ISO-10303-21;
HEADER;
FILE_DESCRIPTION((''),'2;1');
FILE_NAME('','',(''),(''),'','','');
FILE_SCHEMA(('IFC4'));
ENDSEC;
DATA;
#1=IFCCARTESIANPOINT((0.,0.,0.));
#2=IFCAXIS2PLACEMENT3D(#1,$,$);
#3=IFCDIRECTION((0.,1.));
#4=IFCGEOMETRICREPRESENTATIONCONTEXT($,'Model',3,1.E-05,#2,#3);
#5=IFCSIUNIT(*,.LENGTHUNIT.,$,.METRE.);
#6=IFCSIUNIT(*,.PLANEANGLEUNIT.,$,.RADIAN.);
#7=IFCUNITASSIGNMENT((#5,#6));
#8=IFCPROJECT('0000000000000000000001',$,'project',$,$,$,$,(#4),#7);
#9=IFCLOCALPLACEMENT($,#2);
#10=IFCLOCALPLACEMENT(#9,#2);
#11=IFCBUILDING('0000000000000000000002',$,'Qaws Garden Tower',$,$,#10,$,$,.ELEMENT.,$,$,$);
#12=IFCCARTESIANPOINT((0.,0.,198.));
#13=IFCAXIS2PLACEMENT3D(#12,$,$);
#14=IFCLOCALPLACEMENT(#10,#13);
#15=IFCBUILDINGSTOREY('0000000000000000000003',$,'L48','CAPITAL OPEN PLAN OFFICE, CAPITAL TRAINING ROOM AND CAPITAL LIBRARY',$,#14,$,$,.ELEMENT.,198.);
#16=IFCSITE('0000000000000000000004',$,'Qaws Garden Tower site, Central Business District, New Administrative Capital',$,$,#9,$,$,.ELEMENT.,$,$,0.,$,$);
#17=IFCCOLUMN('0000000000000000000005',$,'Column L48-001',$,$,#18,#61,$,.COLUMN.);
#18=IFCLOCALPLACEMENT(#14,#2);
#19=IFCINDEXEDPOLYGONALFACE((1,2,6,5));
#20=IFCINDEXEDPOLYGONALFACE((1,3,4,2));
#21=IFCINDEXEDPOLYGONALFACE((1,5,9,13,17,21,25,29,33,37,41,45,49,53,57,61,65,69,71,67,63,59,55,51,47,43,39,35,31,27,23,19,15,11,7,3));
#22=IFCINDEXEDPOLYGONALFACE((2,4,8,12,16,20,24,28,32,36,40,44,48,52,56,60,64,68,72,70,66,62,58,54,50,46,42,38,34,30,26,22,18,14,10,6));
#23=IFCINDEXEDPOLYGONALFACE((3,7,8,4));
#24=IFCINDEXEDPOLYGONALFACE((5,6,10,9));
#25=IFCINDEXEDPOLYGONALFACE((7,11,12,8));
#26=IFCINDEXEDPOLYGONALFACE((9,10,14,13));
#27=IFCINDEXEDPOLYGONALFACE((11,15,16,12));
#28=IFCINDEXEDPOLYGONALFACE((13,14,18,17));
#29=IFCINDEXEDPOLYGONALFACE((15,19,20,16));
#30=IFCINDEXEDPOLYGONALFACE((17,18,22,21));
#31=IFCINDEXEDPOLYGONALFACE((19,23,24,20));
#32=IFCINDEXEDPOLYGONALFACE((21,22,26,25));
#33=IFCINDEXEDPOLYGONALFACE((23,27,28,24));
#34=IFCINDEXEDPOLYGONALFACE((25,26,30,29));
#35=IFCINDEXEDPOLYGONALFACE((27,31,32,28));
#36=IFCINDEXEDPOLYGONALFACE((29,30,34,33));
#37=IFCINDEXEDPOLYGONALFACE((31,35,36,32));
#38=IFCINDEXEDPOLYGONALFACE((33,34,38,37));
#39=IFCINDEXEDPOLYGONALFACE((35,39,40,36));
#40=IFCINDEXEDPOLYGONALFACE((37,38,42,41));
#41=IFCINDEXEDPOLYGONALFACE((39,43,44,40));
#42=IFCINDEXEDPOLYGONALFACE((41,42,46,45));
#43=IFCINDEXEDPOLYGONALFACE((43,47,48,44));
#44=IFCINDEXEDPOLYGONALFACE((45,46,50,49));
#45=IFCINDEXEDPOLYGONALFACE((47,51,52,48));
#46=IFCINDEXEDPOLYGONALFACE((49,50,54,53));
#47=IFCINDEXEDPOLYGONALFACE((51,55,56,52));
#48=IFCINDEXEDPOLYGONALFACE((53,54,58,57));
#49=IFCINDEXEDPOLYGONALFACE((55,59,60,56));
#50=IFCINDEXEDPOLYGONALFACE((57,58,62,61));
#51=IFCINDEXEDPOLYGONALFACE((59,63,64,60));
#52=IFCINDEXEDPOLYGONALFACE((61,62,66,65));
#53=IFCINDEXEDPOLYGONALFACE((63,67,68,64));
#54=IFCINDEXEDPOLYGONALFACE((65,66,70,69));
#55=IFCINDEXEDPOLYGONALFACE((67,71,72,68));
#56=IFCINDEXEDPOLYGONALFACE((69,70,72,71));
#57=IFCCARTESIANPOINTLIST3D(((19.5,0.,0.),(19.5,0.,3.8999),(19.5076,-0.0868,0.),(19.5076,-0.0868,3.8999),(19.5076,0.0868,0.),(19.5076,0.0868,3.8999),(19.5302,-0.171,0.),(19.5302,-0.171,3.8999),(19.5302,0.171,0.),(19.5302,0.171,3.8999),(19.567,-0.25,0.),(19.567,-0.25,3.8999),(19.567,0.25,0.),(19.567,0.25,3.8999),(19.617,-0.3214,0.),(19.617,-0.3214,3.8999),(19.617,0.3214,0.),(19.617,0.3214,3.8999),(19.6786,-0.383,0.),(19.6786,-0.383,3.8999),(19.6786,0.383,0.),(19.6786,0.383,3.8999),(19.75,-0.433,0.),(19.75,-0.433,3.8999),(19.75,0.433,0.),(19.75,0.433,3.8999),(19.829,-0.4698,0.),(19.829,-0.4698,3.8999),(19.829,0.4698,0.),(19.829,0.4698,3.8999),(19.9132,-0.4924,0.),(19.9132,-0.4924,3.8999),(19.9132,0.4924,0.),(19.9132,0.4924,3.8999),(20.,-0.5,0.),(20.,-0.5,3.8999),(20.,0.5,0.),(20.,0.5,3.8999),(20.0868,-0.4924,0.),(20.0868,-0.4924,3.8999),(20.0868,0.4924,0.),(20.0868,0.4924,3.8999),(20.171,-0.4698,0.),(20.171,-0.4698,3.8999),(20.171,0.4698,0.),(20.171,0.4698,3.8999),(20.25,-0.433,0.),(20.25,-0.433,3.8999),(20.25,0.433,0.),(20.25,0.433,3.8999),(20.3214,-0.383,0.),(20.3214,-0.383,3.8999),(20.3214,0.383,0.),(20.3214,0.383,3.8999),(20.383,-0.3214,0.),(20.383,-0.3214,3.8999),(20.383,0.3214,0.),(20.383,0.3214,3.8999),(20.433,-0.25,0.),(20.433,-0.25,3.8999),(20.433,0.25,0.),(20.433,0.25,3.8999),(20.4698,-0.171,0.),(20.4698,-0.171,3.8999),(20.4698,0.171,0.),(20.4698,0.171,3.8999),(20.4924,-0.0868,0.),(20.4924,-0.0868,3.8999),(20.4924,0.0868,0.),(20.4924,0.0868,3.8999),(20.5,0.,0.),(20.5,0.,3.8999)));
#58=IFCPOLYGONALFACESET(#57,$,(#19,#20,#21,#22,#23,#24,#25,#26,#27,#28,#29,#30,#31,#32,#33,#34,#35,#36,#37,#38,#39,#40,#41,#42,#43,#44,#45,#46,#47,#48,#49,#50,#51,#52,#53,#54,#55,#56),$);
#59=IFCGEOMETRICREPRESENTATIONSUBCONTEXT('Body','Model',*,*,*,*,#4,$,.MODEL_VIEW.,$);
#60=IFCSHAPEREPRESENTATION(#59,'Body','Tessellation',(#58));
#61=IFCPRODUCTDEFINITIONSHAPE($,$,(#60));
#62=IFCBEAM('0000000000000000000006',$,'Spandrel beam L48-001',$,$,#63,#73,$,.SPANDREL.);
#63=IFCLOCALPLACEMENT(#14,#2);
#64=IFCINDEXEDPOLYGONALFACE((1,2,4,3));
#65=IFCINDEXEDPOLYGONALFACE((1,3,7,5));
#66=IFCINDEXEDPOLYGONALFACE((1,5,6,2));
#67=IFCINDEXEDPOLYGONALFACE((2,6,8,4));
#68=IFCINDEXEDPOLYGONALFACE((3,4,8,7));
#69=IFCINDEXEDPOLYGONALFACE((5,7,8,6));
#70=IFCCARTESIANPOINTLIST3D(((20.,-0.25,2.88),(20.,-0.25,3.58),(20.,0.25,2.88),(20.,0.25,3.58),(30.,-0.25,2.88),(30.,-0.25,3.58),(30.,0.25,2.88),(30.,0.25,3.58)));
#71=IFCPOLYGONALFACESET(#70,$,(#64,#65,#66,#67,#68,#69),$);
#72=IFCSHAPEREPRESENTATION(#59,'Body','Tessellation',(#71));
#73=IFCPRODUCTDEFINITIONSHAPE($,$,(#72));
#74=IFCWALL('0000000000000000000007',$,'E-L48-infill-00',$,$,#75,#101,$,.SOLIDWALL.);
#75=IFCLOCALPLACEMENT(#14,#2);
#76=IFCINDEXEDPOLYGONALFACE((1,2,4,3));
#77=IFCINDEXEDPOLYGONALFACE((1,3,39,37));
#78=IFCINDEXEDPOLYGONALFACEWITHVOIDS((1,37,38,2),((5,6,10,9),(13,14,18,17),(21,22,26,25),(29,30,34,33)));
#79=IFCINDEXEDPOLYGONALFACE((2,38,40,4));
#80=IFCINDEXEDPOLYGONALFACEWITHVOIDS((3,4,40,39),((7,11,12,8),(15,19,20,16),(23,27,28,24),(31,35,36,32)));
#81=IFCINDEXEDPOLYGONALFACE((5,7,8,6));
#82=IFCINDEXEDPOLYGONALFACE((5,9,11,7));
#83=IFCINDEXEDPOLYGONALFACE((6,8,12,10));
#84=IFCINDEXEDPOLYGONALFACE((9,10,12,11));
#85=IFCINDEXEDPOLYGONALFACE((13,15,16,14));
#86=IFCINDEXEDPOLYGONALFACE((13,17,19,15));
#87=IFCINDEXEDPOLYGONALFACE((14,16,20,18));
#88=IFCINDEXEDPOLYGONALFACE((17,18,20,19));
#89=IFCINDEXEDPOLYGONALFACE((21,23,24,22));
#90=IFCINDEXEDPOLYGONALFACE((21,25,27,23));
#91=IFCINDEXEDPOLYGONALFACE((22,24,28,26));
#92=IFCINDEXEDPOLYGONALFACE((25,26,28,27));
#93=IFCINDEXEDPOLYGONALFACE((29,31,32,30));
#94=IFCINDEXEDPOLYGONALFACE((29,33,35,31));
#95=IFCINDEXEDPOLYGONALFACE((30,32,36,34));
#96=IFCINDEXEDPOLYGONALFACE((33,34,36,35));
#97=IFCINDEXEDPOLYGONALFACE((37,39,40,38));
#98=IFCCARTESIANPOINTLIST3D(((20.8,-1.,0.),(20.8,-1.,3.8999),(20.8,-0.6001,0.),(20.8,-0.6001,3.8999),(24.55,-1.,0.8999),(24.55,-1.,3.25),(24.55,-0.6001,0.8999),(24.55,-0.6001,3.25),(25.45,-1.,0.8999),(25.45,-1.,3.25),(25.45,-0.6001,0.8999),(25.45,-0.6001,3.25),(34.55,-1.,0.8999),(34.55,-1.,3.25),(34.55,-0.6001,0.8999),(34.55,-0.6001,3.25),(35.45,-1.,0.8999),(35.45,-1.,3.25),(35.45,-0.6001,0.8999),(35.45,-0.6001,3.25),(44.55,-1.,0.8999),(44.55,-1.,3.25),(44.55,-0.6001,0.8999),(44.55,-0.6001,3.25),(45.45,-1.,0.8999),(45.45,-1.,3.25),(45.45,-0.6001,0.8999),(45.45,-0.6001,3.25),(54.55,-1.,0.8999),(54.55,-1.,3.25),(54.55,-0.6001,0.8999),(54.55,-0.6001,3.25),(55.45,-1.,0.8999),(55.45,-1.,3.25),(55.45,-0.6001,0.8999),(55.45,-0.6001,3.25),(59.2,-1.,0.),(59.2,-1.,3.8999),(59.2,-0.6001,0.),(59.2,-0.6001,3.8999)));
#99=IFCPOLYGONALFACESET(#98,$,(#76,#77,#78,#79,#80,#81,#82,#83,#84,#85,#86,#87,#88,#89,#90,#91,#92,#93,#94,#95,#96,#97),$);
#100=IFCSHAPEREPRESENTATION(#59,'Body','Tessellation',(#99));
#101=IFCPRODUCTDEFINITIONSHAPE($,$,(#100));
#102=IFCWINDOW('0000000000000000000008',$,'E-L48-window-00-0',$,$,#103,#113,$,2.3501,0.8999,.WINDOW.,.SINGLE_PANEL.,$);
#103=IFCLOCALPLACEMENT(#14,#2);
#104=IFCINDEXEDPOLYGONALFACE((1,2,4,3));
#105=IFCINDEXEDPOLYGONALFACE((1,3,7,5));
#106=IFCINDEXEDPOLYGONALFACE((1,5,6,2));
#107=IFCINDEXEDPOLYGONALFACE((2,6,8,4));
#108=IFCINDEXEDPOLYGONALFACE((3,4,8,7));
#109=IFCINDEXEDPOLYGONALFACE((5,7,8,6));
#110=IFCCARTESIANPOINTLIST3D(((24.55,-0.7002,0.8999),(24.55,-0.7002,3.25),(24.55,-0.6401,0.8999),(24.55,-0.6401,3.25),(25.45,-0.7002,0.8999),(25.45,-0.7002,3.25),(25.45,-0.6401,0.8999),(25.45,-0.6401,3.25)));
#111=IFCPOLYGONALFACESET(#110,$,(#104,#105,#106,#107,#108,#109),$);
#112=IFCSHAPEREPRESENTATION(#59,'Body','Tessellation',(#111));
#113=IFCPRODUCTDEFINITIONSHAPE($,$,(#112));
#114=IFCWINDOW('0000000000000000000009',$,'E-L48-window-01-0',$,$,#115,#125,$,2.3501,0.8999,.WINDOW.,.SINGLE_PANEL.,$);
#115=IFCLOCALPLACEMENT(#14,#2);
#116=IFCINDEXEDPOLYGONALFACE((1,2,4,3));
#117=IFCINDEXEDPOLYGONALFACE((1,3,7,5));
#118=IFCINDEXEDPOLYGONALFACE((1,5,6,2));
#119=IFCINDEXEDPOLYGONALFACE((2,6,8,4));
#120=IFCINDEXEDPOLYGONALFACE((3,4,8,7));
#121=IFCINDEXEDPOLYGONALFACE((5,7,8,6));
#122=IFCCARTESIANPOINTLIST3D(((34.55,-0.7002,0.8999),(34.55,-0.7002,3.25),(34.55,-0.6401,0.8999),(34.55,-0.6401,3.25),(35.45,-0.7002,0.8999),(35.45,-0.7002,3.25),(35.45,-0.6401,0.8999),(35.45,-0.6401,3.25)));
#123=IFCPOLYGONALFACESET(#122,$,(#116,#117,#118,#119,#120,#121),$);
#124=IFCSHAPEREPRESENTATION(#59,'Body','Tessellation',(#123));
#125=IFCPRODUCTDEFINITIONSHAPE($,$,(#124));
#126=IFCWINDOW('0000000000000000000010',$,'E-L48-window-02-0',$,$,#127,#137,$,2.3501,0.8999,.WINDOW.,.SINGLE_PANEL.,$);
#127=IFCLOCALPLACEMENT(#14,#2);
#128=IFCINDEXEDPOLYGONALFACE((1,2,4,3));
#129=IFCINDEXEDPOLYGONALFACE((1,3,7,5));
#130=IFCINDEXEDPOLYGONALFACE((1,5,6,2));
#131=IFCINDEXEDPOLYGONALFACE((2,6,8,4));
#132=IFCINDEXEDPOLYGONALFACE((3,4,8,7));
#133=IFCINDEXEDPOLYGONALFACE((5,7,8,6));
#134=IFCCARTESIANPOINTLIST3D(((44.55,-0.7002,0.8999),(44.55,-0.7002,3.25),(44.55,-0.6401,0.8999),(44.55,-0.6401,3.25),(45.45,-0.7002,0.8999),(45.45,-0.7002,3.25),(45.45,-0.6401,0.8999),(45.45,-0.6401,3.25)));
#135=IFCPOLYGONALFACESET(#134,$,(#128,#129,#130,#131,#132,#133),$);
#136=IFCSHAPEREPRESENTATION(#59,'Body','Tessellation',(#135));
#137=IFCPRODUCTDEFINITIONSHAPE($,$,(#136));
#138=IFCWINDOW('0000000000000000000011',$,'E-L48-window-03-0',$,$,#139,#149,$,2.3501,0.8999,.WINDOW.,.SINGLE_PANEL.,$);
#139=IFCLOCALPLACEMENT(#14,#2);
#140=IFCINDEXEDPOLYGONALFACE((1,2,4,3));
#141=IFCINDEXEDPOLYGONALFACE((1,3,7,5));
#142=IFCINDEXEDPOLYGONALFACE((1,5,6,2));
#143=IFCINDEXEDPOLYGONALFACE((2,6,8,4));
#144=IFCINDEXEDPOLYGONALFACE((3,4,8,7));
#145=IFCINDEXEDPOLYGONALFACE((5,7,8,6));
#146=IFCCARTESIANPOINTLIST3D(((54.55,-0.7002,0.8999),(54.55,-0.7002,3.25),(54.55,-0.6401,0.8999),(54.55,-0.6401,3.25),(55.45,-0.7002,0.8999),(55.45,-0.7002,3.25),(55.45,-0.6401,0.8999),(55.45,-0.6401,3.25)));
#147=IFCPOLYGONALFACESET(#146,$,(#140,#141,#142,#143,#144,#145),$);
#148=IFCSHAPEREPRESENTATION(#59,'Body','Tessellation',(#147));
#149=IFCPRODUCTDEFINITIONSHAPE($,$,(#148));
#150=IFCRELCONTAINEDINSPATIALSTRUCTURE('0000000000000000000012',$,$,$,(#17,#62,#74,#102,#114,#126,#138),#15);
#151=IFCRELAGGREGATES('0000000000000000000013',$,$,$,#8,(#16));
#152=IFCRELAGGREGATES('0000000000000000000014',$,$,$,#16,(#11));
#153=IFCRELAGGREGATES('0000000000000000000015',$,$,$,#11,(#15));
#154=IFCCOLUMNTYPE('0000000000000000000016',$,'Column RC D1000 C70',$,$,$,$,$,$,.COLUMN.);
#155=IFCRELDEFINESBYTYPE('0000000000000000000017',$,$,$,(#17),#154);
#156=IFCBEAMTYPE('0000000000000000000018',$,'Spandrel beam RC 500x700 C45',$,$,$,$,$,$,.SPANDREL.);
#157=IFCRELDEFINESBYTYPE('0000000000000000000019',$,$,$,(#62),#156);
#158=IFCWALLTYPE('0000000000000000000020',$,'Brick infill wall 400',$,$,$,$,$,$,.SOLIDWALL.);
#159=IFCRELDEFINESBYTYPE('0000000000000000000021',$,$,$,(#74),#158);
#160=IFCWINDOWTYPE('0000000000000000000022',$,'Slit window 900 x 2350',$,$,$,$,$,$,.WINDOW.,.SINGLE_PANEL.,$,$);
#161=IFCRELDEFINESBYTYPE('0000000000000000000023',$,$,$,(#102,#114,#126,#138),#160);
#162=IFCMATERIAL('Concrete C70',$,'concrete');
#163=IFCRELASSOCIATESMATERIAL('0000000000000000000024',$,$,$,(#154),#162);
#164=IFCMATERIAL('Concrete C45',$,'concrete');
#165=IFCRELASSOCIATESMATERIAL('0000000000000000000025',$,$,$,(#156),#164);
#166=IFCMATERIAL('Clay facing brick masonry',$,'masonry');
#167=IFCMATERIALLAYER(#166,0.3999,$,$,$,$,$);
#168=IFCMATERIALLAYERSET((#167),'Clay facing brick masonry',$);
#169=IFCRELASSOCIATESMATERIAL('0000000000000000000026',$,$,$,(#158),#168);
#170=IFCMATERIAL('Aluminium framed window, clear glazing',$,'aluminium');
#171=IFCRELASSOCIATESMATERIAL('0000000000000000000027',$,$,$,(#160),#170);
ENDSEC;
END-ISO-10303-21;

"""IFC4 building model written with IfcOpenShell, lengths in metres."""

from ifc_helpers import new_model, si_unit, direction, frame, frame_2d, origin, origin_2d, place, context, subcontext, project, spatial, rectangle, circle, extrude, material, layer, layer_set, material_profile, profile_set, type_object, element, fill, save


model = new_model("IFC4")

# Units and contexts
model_context = context("Model", 3, precision=1e-05, world=origin(), true_north=direction((0.0, 1.0)))
body_context = subcontext(model_context, "Body", "Model", "MODEL_VIEW")
ifc_project = project(units=[si_unit("LENGTHUNIT", "METRE"), si_unit("PLANEANGLEUNIT", "RADIAN")], contexts=[model_context])

# Site, building, storey
site_placement = place(None, origin())
site = spatial("IfcSite", under=ifc_project, at=site_placement, Name="Qaws Garden Tower site, Central Business District, New Administrative Capital", CompositionType="ELEMENT", RefElevation=0.0)
building_placement = place(site_placement, origin())
building = spatial("IfcBuilding", under=site, at=building_placement, Name="Qaws Garden Tower", CompositionType="ELEMENT")
storey_placement = place(building_placement, frame((0.0, 0.0, 198.0)))
storey = spatial("IfcBuildingStorey", under=building, at=storey_placement, Name="L48", Description="CAPITAL OPEN PLAN OFFICE, CAPITAL TRAINING ROOM AND CAPITAL LIBRARY", CompositionType="ELEMENT", Elevation=198.0)

# Column
ifc_material_1 = material(Name="Concrete C70", Category="concrete")
ifc_material_profile_1 = material_profile(ifc_material_1, circle(Radius=0.5, at=origin_2d()), Name="RC D1000")
ifc_profile_set_1 = profile_set([ifc_material_profile_1], Name="Concrete C70")
column_type = type_object("IfcColumnType", Name="Column RC D1000 C70", PredefinedType="COLUMN", material=ifc_profile_set_1)
column_placement = place(storey_placement, frame((20.0, 0.0, 0.0), z_axis=(0.0, 0.0, 1.0), x_axis=(1.0, 0.0, 0.0)))
element("IfcColumn", 1, at=column_placement, inside=storey, type_object=column_type, Name="Column L48-001", PredefinedType="COLUMN", context=body_context, shape_type="SweptSolid", body=[
    extrude(circle(Radius=0.5, at=origin_2d()), origin(), (0.0, 0.0, 1.0), 3.8999),
])

# Beam
ifc_material_2 = material(Name="Concrete C45", Category="concrete")
ifc_material_profile_2 = material_profile(ifc_material_2, rectangle(XDim=0.5, YDim=0.7, at=origin_2d()), Name="RC 500x700")
ifc_profile_set_2 = profile_set([ifc_material_profile_2], Name="Concrete C45")
beam_type = type_object("IfcBeamType", Name="Spandrel beam RC 500x700 C45", PredefinedType="SPANDREL", material=ifc_profile_set_2)
beam_placement = place(storey_placement, frame((20.0, 0.0, 3.23), z_axis=(1.0, 0.0, 0.0), x_axis=(0.0, 1.0, 0.0)))
element("IfcBeam", 2, at=beam_placement, inside=storey, type_object=beam_type, Name="Spandrel beam L48-001", PredefinedType="SPANDREL", context=body_context, shape_type="SweptSolid", body=[
    extrude(rectangle(XDim=0.5, YDim=0.7, at=origin_2d()), origin(), (0.0, 0.0, 1.0), 10.0),
])

# Wall, openings, windows
ifc_material_3 = material(Name="Clay facing brick masonry", Category="masonry")
ifc_layer_1 = layer(ifc_material_3, 0.3999)
ifc_layer_set_1 = layer_set([ifc_layer_1], Name="Clay facing brick masonry")
wall_type_1 = type_object("IfcWallType", Name="Brick infill wall 400", PredefinedType="SOLIDWALL", material=ifc_layer_set_1)
wall_1_placement = place(storey_placement, frame((20.8, -0.8, 0.0), z_axis=(0.0, 0.0, 1.0), x_axis=(1.0, 0.0, 0.0)))
wall_1 = element("IfcWall", 3, at=wall_1_placement, inside=storey, type_object=wall_type_1, Name="E-L48-infill-00", PredefinedType="SOLIDWALL", context=body_context, shape_type="SweptSolid", body=[
    extrude(rectangle(XDim=38.3999, YDim=0.3999, at=frame_2d((19.2, 0.0))), origin(), (0.0, 0.0, 1.0), 3.8999),
])
opening_1_placement = place(wall_1_placement, frame((3.75, 0.0, 0.8999)))
opening_1 = element("IfcOpeningElement", 4, at=opening_1_placement, cuts=wall_1, PredefinedType="OPENING", context=body_context, shape_type="SweptSolid", body=[
    extrude(rectangle(XDim=0.8999, YDim=2.3501, at=frame_2d((0.45, 1.175))), frame((0.0, 0.21, 0.0), z_axis=(0.0, -1.0, 0.0), x_axis=(1.0, 0.0, 0.0)), (0.0, 0.0, 1.0), 0.4199),
])
opening_2_placement = place(wall_1_placement, frame((13.75, 0.0, 0.8999)))
opening_2 = element("IfcOpeningElement", 5, at=opening_2_placement, cuts=wall_1, PredefinedType="OPENING", context=body_context, shape_type="SweptSolid", body=[
    extrude(rectangle(XDim=0.8999, YDim=2.3501, at=frame_2d((0.45, 1.175))), frame((0.0, 0.21, 0.0), z_axis=(0.0, -1.0, 0.0), x_axis=(1.0, 0.0, 0.0)), (0.0, 0.0, 1.0), 0.4199),
])
opening_3_placement = place(wall_1_placement, frame((23.75, 0.0, 0.8999)))
opening_3 = element("IfcOpeningElement", 6, at=opening_3_placement, cuts=wall_1, PredefinedType="OPENING", context=body_context, shape_type="SweptSolid", body=[
    extrude(rectangle(XDim=0.8999, YDim=2.3501, at=frame_2d((0.45, 1.175))), frame((0.0, 0.21, 0.0), z_axis=(0.0, -1.0, 0.0), x_axis=(1.0, 0.0, 0.0)), (0.0, 0.0, 1.0), 0.4199),
])
opening_4_placement = place(wall_1_placement, frame((33.75, 0.0, 0.8999)))
opening_4 = element("IfcOpeningElement", 7, at=opening_4_placement, cuts=wall_1, PredefinedType="OPENING", context=body_context, shape_type="SweptSolid", body=[
    extrude(rectangle(XDim=0.8999, YDim=2.3501, at=frame_2d((0.45, 1.175))), frame((0.0, 0.21, 0.0), z_axis=(0.0, -1.0, 0.0), x_axis=(1.0, 0.0, 0.0)), (0.0, 0.0, 1.0), 0.4199),
])
ifc_material_4 = material(Name="Aluminium framed window, clear glazing", Category="aluminium")
window_type = type_object("IfcWindowType", Name="Slit window 900 x 2350", PartitioningType="SINGLE_PANEL", PredefinedType="WINDOW", material=ifc_material_4)
window_1_placement = place(opening_1_placement, origin())
window_1 = element("IfcWindow", 8, at=window_1_placement, inside=storey, type_object=window_type, Name="E-L48-window-00-0", OverallHeight=2.3501, OverallWidth=0.8999, PartitioningType="SINGLE_PANEL", PredefinedType="WINDOW", context=body_context, shape_type="SweptSolid", body=[
    extrude(rectangle(XDim=0.8999, YDim=2.3501, at=frame_2d((0.45, 1.175))), frame((0.0, 0.1599, 0.0), z_axis=(0.0, -1.0, 0.0), x_axis=(1.0, 0.0, 0.0)), (0.0, 0.0, 1.0), 0.0601),
])
fill(opening_1, window_1)
window_2_placement = place(opening_2_placement, origin())
window_2 = element("IfcWindow", 9, at=window_2_placement, inside=storey, type_object=window_type, Name="E-L48-window-01-0", OverallHeight=2.3501, OverallWidth=0.8999, PartitioningType="SINGLE_PANEL", PredefinedType="WINDOW", context=body_context, shape_type="SweptSolid", body=[
    extrude(rectangle(XDim=0.8999, YDim=2.3501, at=frame_2d((0.45, 1.175))), frame((0.0, 0.1599, 0.0), z_axis=(0.0, -1.0, 0.0), x_axis=(1.0, 0.0, 0.0)), (0.0, 0.0, 1.0), 0.0601),
])
fill(opening_2, window_2)
window_3_placement = place(opening_3_placement, origin())
window_3 = element("IfcWindow", 10, at=window_3_placement, inside=storey, type_object=window_type, Name="E-L48-window-02-0", OverallHeight=2.3501, OverallWidth=0.8999, PartitioningType="SINGLE_PANEL", PredefinedType="WINDOW", context=body_context, shape_type="SweptSolid", body=[
    extrude(rectangle(XDim=0.8999, YDim=2.3501, at=frame_2d((0.45, 1.175))), frame((0.0, 0.1599, 0.0), z_axis=(0.0, -1.0, 0.0), x_axis=(1.0, 0.0, 0.0)), (0.0, 0.0, 1.0), 0.0601),
])
fill(opening_3, window_3)
window_4_placement = place(opening_4_placement, origin())
window_4 = element("IfcWindow", 11, at=window_4_placement, inside=storey, type_object=window_type, Name="E-L48-window-03-0", OverallHeight=2.3501, OverallWidth=0.8999, PartitioningType="SINGLE_PANEL", PredefinedType="WINDOW", context=body_context, shape_type="SweptSolid", body=[
    extrude(rectangle(XDim=0.8999, YDim=2.3501, at=frame_2d((0.45, 1.175))), frame((0.0, 0.1599, 0.0), z_axis=(0.0, -1.0, 0.0), x_axis=(1.0, 0.0, 0.0)), (0.0, 0.0, 1.0), 0.0601),
])
fill(opening_4, window_4)

save(model, "model.ifc")
